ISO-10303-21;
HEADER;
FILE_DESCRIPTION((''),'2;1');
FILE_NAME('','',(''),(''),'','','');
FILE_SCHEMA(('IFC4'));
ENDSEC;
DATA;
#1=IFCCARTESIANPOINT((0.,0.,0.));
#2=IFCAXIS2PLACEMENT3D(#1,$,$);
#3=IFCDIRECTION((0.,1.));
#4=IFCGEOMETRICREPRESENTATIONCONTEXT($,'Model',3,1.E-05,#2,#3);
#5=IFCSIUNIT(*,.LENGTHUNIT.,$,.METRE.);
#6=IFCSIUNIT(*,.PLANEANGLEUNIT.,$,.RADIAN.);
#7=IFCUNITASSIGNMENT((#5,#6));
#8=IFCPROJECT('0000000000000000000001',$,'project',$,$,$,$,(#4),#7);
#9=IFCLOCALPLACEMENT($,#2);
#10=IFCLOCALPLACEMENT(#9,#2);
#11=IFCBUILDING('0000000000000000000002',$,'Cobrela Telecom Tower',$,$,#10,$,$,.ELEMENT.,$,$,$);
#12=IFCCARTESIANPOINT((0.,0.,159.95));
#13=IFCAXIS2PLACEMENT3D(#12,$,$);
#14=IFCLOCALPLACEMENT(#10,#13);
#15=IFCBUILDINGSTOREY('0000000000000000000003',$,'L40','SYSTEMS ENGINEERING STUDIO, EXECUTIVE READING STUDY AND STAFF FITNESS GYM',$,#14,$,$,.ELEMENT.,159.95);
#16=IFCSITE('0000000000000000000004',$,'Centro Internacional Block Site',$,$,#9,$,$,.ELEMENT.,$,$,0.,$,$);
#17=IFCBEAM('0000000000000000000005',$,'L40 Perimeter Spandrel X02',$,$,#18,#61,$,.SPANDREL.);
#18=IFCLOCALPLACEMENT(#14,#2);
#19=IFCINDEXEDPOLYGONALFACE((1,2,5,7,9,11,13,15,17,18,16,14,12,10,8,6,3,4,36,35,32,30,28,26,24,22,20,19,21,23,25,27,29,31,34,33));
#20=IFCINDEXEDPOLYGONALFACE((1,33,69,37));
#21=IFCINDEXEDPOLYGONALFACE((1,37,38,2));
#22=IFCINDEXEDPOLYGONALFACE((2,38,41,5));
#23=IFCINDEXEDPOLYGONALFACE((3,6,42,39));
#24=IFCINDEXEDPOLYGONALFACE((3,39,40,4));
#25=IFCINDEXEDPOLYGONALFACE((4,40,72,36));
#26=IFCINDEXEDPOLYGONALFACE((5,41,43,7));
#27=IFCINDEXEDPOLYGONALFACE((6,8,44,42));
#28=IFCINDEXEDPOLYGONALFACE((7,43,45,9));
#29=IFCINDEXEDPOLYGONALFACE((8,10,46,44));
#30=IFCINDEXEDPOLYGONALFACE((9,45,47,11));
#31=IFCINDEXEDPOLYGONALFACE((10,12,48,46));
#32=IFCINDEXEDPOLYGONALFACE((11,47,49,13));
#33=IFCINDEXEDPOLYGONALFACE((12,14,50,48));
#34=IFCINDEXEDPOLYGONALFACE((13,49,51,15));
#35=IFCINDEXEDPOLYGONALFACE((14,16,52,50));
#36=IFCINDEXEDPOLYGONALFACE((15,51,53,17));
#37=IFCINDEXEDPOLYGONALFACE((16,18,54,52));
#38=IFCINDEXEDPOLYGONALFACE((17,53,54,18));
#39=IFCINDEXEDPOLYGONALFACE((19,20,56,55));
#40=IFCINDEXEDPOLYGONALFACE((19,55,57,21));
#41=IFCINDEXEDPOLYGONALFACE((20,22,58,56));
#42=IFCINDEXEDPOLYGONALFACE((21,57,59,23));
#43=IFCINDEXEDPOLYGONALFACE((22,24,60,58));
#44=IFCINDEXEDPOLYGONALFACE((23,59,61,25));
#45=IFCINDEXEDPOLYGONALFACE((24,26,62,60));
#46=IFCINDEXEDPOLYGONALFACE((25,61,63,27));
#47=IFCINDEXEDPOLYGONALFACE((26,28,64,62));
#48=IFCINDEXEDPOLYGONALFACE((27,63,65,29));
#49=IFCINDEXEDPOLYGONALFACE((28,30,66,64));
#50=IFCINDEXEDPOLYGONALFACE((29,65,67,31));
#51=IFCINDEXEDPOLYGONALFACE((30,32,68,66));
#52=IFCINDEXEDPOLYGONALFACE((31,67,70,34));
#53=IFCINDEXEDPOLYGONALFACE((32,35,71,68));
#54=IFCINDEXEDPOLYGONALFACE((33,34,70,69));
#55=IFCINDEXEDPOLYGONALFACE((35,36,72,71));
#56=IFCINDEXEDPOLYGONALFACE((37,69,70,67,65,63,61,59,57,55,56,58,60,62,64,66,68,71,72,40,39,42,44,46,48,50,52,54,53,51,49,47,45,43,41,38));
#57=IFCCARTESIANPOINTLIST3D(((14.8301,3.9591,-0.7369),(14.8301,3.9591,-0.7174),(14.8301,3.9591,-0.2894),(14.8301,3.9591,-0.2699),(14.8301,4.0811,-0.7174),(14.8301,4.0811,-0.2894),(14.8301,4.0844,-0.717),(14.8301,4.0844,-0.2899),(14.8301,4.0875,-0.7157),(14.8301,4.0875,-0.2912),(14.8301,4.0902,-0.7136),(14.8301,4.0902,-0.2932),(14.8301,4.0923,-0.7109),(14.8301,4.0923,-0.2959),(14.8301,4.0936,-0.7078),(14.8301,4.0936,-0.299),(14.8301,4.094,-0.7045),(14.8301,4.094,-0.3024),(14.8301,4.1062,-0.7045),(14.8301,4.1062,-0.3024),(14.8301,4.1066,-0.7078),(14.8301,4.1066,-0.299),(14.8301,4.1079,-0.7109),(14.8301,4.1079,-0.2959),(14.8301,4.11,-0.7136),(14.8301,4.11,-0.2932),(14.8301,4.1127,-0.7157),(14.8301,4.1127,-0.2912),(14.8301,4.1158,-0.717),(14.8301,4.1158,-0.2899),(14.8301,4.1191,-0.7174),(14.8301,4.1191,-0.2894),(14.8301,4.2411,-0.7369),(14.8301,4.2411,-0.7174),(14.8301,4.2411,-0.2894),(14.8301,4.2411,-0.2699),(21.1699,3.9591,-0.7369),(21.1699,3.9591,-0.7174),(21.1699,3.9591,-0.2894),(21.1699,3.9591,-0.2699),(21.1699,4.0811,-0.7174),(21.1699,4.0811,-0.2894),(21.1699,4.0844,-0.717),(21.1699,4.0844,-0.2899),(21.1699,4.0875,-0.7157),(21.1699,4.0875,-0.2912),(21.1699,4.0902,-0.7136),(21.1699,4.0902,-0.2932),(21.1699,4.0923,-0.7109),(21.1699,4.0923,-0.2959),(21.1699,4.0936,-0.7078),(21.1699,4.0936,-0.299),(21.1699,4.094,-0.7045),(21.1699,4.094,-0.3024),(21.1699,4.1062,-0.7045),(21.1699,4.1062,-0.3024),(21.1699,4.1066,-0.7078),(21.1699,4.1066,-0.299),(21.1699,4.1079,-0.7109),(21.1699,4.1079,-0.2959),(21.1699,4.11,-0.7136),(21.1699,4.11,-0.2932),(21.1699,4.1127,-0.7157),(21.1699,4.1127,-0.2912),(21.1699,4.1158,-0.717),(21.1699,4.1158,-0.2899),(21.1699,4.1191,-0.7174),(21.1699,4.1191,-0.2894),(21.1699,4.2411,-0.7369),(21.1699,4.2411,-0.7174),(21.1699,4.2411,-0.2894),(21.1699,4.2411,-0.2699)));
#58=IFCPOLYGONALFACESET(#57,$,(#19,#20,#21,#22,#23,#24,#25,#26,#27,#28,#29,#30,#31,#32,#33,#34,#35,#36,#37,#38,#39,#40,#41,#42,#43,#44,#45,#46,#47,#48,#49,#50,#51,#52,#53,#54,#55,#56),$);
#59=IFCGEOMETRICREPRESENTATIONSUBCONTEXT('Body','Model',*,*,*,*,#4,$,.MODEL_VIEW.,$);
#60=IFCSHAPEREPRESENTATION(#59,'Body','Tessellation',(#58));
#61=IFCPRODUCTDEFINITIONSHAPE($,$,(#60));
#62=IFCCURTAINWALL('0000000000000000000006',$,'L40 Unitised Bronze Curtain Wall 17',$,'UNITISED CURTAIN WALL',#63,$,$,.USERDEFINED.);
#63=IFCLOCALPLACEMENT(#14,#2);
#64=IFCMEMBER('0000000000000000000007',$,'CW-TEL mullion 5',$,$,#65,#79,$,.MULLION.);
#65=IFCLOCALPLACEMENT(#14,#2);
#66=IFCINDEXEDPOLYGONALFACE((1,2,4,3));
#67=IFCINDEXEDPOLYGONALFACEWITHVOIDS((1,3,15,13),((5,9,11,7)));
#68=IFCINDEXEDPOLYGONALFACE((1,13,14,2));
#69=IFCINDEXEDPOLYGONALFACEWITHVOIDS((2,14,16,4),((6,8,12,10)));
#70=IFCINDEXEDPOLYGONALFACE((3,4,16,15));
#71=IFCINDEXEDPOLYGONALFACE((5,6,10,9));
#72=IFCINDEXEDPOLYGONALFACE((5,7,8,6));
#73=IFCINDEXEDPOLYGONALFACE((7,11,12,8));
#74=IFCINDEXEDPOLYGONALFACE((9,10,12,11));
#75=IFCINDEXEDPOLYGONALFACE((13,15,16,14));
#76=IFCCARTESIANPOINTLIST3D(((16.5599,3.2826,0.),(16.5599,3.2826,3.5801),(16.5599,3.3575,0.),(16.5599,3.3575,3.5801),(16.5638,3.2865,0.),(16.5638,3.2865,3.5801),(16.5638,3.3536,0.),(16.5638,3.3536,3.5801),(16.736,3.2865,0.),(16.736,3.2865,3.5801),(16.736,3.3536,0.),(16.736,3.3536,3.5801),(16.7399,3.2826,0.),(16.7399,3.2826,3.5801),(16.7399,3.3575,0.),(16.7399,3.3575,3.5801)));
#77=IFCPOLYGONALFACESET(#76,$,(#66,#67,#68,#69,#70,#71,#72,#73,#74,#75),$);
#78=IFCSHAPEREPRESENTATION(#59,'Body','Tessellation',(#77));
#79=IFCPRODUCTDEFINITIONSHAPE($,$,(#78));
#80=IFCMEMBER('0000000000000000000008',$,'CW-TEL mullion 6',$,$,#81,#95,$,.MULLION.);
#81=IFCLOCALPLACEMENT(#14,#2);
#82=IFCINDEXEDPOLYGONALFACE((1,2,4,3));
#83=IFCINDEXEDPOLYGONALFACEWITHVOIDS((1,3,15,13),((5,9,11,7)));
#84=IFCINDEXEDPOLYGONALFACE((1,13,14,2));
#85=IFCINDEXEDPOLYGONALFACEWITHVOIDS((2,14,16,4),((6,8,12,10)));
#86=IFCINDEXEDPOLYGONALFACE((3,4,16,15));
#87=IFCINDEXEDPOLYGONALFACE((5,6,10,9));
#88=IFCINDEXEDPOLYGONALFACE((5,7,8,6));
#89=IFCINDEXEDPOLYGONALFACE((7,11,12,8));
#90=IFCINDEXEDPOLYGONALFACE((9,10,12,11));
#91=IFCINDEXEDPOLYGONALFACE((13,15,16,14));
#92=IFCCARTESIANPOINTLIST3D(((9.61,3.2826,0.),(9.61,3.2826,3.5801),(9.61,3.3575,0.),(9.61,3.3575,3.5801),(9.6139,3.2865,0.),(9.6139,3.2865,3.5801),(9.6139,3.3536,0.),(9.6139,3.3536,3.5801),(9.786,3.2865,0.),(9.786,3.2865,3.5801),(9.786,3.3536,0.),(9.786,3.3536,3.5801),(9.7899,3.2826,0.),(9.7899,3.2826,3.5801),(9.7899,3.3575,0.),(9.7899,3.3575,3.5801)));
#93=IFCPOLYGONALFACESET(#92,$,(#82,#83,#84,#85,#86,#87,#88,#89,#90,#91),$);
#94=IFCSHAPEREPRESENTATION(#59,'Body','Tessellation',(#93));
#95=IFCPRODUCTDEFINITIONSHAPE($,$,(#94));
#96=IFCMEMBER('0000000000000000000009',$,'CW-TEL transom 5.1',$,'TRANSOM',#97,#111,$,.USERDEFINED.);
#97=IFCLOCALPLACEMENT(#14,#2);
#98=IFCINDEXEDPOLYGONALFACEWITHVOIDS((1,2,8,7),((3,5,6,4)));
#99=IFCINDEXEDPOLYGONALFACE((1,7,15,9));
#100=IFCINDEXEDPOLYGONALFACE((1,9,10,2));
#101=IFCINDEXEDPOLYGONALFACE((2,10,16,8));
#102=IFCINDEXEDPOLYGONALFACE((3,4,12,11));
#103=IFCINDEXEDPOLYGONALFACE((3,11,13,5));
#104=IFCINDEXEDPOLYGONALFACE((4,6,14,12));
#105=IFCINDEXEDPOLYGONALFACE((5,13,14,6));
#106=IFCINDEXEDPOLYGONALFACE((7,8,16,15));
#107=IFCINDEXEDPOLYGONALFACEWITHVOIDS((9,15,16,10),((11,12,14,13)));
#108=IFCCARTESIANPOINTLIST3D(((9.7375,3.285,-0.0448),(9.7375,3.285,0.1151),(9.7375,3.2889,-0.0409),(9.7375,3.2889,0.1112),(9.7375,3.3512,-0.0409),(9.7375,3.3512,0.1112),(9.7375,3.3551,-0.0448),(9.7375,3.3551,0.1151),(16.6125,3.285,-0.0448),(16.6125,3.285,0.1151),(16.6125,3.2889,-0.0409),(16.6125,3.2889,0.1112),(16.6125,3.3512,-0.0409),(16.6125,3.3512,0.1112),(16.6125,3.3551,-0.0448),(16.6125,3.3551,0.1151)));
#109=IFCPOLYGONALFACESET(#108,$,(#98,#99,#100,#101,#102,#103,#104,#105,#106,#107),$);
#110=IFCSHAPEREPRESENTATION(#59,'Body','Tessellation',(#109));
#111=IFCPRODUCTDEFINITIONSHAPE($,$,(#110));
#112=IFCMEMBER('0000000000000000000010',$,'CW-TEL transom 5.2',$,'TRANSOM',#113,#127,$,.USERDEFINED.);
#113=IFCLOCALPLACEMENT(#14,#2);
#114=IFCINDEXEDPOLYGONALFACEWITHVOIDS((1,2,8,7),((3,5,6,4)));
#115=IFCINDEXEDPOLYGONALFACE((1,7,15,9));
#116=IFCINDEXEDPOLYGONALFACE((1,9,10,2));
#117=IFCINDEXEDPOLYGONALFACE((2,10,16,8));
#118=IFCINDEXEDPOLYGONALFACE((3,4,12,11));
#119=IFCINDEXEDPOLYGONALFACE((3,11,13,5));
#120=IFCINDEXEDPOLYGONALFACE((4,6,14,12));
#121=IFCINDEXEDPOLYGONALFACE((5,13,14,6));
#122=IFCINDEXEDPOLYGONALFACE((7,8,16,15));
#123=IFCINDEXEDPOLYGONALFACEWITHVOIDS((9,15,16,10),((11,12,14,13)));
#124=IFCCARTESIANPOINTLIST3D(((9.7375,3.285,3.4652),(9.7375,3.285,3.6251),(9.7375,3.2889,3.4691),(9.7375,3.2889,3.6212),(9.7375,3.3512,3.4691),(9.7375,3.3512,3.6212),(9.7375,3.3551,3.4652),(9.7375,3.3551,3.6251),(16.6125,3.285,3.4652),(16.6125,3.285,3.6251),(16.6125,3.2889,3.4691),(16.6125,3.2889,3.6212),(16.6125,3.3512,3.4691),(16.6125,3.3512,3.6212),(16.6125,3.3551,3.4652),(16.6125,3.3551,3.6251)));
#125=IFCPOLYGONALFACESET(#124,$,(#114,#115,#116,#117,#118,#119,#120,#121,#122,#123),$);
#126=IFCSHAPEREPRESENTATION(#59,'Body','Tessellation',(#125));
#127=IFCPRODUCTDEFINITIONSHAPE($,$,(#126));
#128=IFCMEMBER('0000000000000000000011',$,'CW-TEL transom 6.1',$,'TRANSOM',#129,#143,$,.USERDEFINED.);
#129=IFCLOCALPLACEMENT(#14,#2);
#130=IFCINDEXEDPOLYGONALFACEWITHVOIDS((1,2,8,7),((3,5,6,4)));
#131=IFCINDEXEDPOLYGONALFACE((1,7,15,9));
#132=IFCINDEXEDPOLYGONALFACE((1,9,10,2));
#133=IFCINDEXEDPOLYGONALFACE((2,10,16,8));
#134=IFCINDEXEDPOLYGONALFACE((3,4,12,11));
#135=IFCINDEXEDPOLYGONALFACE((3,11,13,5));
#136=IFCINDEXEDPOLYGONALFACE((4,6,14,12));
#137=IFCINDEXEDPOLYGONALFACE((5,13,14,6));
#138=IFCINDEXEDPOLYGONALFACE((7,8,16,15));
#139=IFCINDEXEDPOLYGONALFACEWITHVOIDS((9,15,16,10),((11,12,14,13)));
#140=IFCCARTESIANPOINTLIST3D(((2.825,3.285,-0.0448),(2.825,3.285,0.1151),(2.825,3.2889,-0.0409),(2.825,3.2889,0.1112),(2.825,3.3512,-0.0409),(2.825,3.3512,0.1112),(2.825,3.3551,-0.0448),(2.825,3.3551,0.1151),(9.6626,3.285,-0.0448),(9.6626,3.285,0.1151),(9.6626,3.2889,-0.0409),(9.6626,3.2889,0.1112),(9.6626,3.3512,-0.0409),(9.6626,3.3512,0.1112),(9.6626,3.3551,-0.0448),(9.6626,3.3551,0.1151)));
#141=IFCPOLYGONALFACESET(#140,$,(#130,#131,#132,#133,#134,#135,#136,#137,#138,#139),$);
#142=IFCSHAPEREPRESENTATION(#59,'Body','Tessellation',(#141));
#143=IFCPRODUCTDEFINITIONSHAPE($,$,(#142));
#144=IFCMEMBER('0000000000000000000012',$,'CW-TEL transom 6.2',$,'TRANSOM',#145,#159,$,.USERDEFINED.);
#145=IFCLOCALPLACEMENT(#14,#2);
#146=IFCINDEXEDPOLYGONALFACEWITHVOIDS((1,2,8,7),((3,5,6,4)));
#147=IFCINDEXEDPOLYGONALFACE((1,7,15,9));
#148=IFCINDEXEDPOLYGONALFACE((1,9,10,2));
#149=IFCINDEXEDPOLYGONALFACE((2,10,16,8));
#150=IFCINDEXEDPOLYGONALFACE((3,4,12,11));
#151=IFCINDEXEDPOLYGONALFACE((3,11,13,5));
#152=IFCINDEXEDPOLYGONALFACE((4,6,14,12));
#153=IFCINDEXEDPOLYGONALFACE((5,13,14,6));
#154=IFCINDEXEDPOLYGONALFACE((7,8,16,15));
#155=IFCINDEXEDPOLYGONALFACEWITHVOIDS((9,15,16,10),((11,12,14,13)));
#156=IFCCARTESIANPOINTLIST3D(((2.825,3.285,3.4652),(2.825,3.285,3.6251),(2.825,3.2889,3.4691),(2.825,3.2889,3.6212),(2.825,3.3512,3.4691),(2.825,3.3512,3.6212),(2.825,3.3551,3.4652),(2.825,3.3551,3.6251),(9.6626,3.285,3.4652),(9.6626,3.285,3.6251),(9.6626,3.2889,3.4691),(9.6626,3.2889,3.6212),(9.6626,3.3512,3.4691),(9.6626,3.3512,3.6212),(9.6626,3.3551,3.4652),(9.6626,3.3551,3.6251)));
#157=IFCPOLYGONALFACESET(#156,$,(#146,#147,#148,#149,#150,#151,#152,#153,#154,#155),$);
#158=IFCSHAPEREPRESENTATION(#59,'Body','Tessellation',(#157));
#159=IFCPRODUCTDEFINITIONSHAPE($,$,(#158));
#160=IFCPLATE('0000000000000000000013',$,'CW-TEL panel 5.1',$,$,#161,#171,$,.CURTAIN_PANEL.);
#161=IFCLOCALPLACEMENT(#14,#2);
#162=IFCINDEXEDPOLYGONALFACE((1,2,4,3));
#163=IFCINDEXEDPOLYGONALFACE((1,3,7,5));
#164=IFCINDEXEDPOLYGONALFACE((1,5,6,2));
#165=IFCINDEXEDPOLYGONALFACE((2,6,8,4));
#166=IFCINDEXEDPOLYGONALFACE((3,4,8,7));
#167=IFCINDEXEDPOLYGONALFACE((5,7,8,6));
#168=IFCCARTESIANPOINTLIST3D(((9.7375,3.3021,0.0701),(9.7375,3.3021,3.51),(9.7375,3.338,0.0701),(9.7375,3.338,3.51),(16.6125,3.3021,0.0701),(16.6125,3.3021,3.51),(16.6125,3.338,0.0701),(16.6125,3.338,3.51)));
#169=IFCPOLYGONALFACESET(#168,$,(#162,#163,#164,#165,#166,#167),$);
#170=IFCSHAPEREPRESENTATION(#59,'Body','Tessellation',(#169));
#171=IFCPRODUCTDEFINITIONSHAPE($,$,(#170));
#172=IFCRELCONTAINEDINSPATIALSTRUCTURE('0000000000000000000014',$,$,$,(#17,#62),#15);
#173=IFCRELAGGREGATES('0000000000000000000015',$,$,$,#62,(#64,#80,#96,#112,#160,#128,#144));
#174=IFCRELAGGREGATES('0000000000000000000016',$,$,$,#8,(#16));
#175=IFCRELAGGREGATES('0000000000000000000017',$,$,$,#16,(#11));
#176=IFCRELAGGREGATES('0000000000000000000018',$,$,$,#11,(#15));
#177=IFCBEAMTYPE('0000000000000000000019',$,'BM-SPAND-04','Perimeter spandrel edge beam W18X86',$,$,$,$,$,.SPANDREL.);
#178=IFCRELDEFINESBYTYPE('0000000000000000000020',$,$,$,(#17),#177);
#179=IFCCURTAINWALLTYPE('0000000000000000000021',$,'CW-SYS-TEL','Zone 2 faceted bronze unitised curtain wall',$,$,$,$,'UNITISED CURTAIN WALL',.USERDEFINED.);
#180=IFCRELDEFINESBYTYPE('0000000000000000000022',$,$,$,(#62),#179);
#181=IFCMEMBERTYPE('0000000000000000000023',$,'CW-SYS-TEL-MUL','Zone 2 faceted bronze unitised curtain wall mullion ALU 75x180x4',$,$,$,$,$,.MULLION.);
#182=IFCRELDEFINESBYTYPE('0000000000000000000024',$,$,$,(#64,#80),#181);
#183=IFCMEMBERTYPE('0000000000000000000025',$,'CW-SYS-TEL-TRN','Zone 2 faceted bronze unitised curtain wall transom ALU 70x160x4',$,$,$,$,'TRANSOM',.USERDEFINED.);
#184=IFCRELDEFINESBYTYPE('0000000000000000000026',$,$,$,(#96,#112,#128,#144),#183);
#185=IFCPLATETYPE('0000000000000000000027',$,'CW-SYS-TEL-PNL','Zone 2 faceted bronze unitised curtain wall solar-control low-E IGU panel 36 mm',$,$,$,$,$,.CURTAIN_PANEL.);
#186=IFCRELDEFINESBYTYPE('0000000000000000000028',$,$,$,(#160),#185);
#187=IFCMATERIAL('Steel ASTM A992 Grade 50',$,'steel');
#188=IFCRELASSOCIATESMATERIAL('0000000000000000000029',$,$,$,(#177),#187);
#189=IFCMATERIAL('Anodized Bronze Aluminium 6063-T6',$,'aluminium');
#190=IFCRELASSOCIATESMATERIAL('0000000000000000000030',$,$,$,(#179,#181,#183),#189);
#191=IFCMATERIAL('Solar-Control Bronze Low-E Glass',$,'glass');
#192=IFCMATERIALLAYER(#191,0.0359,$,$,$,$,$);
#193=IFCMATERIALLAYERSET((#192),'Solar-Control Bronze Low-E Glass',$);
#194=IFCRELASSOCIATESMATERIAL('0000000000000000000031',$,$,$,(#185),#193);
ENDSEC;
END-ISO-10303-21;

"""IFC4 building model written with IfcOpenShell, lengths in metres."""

from ifc_helpers import new_model, si_unit, direction, frame, origin, origin_2d, place, context, subcontext, project, spatial, rectangle, hollow_rectangle, i_section, extrude, material, layer, layer_set, material_profile, profile_set, type_object, element, aggregate, save


model = new_model("IFC4")

# Units and contexts
model_context = context("Model", 3, precision=1e-05, world=origin(), true_north=direction((0.0, 1.0)))
body_context = subcontext(model_context, "Body", "Model", "MODEL_VIEW")
ifc_project = project(units=[si_unit("LENGTHUNIT", "METRE"), si_unit("PLANEANGLEUNIT", "RADIAN")], contexts=[model_context])

# Site, building, storey
site_placement = place(None, origin())
site = spatial("IfcSite", under=ifc_project, at=site_placement, Name="Centro Internacional Block Site", CompositionType="ELEMENT", RefElevation=0.0)
building_placement = place(site_placement, origin())
building = spatial("IfcBuilding", under=site, at=building_placement, Name="Cobrela Telecom Tower", CompositionType="ELEMENT")
storey_placement = place(building_placement, frame((0.0, 0.0, 159.95)))
storey = spatial("IfcBuildingStorey", under=building, at=storey_placement, Name="L40", Description="SYSTEMS ENGINEERING STUDIO, EXECUTIVE READING STUDY AND STAFF FITNESS GYM", CompositionType="ELEMENT", Elevation=159.95)

# Beam
ifc_material_1 = material(Name="Steel ASTM A992 Grade 50", Category="steel")
ifc_material_profile_1 = material_profile(ifc_material_1, i_section(OverallWidth=0.282, OverallDepth=0.467, WebThickness=0.0122, FlangeThickness=0.0195, FilletRadius=0.0129, at=origin_2d()), Name="W18X86")
ifc_profile_set_1 = profile_set([ifc_material_profile_1], Name="Steel ASTM A992 Grade 50")
beam_type_1 = type_object("IfcBeamType", Name="BM-SPAND-04", Description="Perimeter spandrel edge beam W18X86", PredefinedType="SPANDREL", material=ifc_profile_set_1)
beam_1_placement = place(storey_placement, frame((14.8301, 4.1001, -0.5034), z_axis=(1.0, 0.0, 0.0), x_axis=(0.0, 1.0, 0.0)))
element("IfcBeam", 1, at=beam_1_placement, inside=storey, type_object=beam_type_1, Name="L40 Perimeter Spandrel X02", PredefinedType="SPANDREL", context=body_context, shape_type="SweptSolid", body=[
    extrude(i_section(OverallWidth=0.282, OverallDepth=0.467, WebThickness=0.0122, FlangeThickness=0.0195, FilletRadius=0.0129, at=origin_2d()), origin(), (0.0, 0.0, 1.0), 6.3398),
])

# Curtain wall, members, plate
ifc_material_2 = material(Name="Anodized Bronze Aluminium 6063-T6", Category="aluminium")
curtain_wall_type = type_object("IfcCurtainWallType", Name="CW-SYS-TEL", Description="Zone 2 faceted bronze unitised curtain wall", ElementType="UNITISED CURTAIN WALL", PredefinedType="USERDEFINED", material=ifc_material_2)
curtain_wall_placement = place(storey_placement, origin())
curtain_wall = element("IfcCurtainWall", 2, at=curtain_wall_placement, inside=storey, type_object=curtain_wall_type, Name="L40 Unitised Bronze Curtain Wall 17", ObjectType="UNITISED CURTAIN WALL", PredefinedType="USERDEFINED")
ifc_material_profile_2 = material_profile(ifc_material_2, hollow_rectangle(XDim=0.075, YDim=0.1799, WallThickness=0.0039, at=origin_2d()), Name="ALU 75x180x4")
ifc_profile_set_2 = profile_set([ifc_material_profile_2], Name="Anodized Bronze Aluminium 6063-T6")
member_type_1 = type_object("IfcMemberType", Name="CW-SYS-TEL-MUL", Description="Zone 2 faceted bronze unitised curtain wall mullion ALU 75x180x4", PredefinedType="MULLION", material=ifc_profile_set_2)
member_1_placement = place(storey_placement, frame((16.6499, 3.3201, 0.0), z_axis=(0.0, 0.0, 1.0), x_axis=(0.0, -1.0, 0.0)))
member_1 = element("IfcMember", 3, at=member_1_placement, type_object=member_type_1, Name="CW-TEL mullion 5", PredefinedType="MULLION", context=body_context, shape_type="SweptSolid", body=[
    extrude(hollow_rectangle(XDim=0.075, YDim=0.1799, WallThickness=0.0039, at=origin_2d()), origin(), (0.0, 0.0, 1.0), 3.5801),
])
member_2_placement = place(storey_placement, frame((9.7, 3.3201, 0.0), z_axis=(0.0, 0.0, 1.0), x_axis=(0.0, -1.0, 0.0)))
member_2 = element("IfcMember", 4, at=member_2_placement, type_object=member_type_1, Name="CW-TEL mullion 6", PredefinedType="MULLION", context=body_context, shape_type="SweptSolid", body=[
    extrude(hollow_rectangle(XDim=0.075, YDim=0.1799, WallThickness=0.0039, at=origin_2d()), origin(), (0.0, 0.0, 1.0), 3.5801),
])
ifc_material_profile_3 = material_profile(ifc_material_2, hollow_rectangle(XDim=0.0701, YDim=0.1599, WallThickness=0.0039, at=origin_2d()), Name="ALU 70x160x4")
ifc_profile_set_3 = profile_set([ifc_material_profile_3], Name="Anodized Bronze Aluminium 6063-T6")
member_type_2 = type_object("IfcMemberType", Name="CW-SYS-TEL-TRN", Description="Zone 2 faceted bronze unitised curtain wall transom ALU 70x160x4", ElementType="TRANSOM", PredefinedType="USERDEFINED", material=ifc_profile_set_3)
member_3_placement = place(storey_placement, frame((16.6125, 3.3201, 0.0352), z_axis=(-1.0, 0.0, 0.0), x_axis=(0.0, -1.0, 0.0)))
member_3 = element("IfcMember", 5, at=member_3_placement, type_object=member_type_2, Name="CW-TEL transom 5.1", ObjectType="TRANSOM", PredefinedType="USERDEFINED", context=body_context, shape_type="SweptSolid", body=[
    extrude(hollow_rectangle(XDim=0.0701, YDim=0.1599, WallThickness=0.0039, at=origin_2d()), origin(), (0.0, 0.0, 1.0), 6.875),
])
member_4_placement = place(storey_placement, frame((16.6125, 3.3201, 3.5452), z_axis=(-1.0, 0.0, 0.0), x_axis=(0.0, -1.0, 0.0)))
member_4 = element("IfcMember", 6, at=member_4_placement, type_object=member_type_2, Name="CW-TEL transom 5.2", ObjectType="TRANSOM", PredefinedType="USERDEFINED", context=body_context, shape_type="SweptSolid", body=[
    extrude(hollow_rectangle(XDim=0.0701, YDim=0.1599, WallThickness=0.0039, at=origin_2d()), origin(), (0.0, 0.0, 1.0), 6.875),
])
member_5_placement = place(storey_placement, frame((9.6626, 3.3201, 0.0352), z_axis=(-1.0, 0.0, 0.0), x_axis=(0.0, -1.0, 0.0)))
member_5 = element("IfcMember", 7, at=member_5_placement, type_object=member_type_2, Name="CW-TEL transom 6.1", ObjectType="TRANSOM", PredefinedType="USERDEFINED", context=body_context, shape_type="SweptSolid", body=[
    extrude(hollow_rectangle(XDim=0.0701, YDim=0.1599, WallThickness=0.0039, at=origin_2d()), origin(), (0.0, 0.0, 1.0), 6.8376),
])
member_6_placement = place(storey_placement, frame((9.6626, 3.3201, 3.5452), z_axis=(-1.0, 0.0, 0.0), x_axis=(0.0, -1.0, 0.0)))
member_6 = element("IfcMember", 8, at=member_6_placement, type_object=member_type_2, Name="CW-TEL transom 6.2", ObjectType="TRANSOM", PredefinedType="USERDEFINED", context=body_context, shape_type="SweptSolid", body=[
    extrude(hollow_rectangle(XDim=0.0701, YDim=0.1599, WallThickness=0.0039, at=origin_2d()), origin(), (0.0, 0.0, 1.0), 6.8376),
])
ifc_material_3 = material(Name="Solar-Control Bronze Low-E Glass", Category="glass")
ifc_layer_1 = layer(ifc_material_3, 0.0359)
ifc_layer_set_1 = layer_set([ifc_layer_1], Name="Solar-Control Bronze Low-E Glass")
plate_type = type_object("IfcPlateType", Name="CW-SYS-TEL-PNL", Description="Zone 2 faceted bronze unitised curtain wall solar-control low-E IGU panel 36 mm", PredefinedType="CURTAIN_PANEL", material=ifc_layer_set_1)
plate_placement = place(storey_placement, frame((13.175, 3.3201, 0.0701), z_axis=(0.0, 0.0, 1.0), x_axis=(-1.0, 0.0, 0.0)))
plate = element("IfcPlate", 9, at=plate_placement, type_object=plate_type, Name="CW-TEL panel 5.1", PredefinedType="CURTAIN_PANEL", context=body_context, shape_type="SweptSolid", body=[
    extrude(rectangle(XDim=6.875, YDim=0.0359, at=origin_2d()), origin(), (0.0, 0.0, 1.0), 3.4399),
])
aggregate(curtain_wall, [member_1, member_2, member_3, member_4, plate, member_5, member_6])

save(model, "model.ifc")
